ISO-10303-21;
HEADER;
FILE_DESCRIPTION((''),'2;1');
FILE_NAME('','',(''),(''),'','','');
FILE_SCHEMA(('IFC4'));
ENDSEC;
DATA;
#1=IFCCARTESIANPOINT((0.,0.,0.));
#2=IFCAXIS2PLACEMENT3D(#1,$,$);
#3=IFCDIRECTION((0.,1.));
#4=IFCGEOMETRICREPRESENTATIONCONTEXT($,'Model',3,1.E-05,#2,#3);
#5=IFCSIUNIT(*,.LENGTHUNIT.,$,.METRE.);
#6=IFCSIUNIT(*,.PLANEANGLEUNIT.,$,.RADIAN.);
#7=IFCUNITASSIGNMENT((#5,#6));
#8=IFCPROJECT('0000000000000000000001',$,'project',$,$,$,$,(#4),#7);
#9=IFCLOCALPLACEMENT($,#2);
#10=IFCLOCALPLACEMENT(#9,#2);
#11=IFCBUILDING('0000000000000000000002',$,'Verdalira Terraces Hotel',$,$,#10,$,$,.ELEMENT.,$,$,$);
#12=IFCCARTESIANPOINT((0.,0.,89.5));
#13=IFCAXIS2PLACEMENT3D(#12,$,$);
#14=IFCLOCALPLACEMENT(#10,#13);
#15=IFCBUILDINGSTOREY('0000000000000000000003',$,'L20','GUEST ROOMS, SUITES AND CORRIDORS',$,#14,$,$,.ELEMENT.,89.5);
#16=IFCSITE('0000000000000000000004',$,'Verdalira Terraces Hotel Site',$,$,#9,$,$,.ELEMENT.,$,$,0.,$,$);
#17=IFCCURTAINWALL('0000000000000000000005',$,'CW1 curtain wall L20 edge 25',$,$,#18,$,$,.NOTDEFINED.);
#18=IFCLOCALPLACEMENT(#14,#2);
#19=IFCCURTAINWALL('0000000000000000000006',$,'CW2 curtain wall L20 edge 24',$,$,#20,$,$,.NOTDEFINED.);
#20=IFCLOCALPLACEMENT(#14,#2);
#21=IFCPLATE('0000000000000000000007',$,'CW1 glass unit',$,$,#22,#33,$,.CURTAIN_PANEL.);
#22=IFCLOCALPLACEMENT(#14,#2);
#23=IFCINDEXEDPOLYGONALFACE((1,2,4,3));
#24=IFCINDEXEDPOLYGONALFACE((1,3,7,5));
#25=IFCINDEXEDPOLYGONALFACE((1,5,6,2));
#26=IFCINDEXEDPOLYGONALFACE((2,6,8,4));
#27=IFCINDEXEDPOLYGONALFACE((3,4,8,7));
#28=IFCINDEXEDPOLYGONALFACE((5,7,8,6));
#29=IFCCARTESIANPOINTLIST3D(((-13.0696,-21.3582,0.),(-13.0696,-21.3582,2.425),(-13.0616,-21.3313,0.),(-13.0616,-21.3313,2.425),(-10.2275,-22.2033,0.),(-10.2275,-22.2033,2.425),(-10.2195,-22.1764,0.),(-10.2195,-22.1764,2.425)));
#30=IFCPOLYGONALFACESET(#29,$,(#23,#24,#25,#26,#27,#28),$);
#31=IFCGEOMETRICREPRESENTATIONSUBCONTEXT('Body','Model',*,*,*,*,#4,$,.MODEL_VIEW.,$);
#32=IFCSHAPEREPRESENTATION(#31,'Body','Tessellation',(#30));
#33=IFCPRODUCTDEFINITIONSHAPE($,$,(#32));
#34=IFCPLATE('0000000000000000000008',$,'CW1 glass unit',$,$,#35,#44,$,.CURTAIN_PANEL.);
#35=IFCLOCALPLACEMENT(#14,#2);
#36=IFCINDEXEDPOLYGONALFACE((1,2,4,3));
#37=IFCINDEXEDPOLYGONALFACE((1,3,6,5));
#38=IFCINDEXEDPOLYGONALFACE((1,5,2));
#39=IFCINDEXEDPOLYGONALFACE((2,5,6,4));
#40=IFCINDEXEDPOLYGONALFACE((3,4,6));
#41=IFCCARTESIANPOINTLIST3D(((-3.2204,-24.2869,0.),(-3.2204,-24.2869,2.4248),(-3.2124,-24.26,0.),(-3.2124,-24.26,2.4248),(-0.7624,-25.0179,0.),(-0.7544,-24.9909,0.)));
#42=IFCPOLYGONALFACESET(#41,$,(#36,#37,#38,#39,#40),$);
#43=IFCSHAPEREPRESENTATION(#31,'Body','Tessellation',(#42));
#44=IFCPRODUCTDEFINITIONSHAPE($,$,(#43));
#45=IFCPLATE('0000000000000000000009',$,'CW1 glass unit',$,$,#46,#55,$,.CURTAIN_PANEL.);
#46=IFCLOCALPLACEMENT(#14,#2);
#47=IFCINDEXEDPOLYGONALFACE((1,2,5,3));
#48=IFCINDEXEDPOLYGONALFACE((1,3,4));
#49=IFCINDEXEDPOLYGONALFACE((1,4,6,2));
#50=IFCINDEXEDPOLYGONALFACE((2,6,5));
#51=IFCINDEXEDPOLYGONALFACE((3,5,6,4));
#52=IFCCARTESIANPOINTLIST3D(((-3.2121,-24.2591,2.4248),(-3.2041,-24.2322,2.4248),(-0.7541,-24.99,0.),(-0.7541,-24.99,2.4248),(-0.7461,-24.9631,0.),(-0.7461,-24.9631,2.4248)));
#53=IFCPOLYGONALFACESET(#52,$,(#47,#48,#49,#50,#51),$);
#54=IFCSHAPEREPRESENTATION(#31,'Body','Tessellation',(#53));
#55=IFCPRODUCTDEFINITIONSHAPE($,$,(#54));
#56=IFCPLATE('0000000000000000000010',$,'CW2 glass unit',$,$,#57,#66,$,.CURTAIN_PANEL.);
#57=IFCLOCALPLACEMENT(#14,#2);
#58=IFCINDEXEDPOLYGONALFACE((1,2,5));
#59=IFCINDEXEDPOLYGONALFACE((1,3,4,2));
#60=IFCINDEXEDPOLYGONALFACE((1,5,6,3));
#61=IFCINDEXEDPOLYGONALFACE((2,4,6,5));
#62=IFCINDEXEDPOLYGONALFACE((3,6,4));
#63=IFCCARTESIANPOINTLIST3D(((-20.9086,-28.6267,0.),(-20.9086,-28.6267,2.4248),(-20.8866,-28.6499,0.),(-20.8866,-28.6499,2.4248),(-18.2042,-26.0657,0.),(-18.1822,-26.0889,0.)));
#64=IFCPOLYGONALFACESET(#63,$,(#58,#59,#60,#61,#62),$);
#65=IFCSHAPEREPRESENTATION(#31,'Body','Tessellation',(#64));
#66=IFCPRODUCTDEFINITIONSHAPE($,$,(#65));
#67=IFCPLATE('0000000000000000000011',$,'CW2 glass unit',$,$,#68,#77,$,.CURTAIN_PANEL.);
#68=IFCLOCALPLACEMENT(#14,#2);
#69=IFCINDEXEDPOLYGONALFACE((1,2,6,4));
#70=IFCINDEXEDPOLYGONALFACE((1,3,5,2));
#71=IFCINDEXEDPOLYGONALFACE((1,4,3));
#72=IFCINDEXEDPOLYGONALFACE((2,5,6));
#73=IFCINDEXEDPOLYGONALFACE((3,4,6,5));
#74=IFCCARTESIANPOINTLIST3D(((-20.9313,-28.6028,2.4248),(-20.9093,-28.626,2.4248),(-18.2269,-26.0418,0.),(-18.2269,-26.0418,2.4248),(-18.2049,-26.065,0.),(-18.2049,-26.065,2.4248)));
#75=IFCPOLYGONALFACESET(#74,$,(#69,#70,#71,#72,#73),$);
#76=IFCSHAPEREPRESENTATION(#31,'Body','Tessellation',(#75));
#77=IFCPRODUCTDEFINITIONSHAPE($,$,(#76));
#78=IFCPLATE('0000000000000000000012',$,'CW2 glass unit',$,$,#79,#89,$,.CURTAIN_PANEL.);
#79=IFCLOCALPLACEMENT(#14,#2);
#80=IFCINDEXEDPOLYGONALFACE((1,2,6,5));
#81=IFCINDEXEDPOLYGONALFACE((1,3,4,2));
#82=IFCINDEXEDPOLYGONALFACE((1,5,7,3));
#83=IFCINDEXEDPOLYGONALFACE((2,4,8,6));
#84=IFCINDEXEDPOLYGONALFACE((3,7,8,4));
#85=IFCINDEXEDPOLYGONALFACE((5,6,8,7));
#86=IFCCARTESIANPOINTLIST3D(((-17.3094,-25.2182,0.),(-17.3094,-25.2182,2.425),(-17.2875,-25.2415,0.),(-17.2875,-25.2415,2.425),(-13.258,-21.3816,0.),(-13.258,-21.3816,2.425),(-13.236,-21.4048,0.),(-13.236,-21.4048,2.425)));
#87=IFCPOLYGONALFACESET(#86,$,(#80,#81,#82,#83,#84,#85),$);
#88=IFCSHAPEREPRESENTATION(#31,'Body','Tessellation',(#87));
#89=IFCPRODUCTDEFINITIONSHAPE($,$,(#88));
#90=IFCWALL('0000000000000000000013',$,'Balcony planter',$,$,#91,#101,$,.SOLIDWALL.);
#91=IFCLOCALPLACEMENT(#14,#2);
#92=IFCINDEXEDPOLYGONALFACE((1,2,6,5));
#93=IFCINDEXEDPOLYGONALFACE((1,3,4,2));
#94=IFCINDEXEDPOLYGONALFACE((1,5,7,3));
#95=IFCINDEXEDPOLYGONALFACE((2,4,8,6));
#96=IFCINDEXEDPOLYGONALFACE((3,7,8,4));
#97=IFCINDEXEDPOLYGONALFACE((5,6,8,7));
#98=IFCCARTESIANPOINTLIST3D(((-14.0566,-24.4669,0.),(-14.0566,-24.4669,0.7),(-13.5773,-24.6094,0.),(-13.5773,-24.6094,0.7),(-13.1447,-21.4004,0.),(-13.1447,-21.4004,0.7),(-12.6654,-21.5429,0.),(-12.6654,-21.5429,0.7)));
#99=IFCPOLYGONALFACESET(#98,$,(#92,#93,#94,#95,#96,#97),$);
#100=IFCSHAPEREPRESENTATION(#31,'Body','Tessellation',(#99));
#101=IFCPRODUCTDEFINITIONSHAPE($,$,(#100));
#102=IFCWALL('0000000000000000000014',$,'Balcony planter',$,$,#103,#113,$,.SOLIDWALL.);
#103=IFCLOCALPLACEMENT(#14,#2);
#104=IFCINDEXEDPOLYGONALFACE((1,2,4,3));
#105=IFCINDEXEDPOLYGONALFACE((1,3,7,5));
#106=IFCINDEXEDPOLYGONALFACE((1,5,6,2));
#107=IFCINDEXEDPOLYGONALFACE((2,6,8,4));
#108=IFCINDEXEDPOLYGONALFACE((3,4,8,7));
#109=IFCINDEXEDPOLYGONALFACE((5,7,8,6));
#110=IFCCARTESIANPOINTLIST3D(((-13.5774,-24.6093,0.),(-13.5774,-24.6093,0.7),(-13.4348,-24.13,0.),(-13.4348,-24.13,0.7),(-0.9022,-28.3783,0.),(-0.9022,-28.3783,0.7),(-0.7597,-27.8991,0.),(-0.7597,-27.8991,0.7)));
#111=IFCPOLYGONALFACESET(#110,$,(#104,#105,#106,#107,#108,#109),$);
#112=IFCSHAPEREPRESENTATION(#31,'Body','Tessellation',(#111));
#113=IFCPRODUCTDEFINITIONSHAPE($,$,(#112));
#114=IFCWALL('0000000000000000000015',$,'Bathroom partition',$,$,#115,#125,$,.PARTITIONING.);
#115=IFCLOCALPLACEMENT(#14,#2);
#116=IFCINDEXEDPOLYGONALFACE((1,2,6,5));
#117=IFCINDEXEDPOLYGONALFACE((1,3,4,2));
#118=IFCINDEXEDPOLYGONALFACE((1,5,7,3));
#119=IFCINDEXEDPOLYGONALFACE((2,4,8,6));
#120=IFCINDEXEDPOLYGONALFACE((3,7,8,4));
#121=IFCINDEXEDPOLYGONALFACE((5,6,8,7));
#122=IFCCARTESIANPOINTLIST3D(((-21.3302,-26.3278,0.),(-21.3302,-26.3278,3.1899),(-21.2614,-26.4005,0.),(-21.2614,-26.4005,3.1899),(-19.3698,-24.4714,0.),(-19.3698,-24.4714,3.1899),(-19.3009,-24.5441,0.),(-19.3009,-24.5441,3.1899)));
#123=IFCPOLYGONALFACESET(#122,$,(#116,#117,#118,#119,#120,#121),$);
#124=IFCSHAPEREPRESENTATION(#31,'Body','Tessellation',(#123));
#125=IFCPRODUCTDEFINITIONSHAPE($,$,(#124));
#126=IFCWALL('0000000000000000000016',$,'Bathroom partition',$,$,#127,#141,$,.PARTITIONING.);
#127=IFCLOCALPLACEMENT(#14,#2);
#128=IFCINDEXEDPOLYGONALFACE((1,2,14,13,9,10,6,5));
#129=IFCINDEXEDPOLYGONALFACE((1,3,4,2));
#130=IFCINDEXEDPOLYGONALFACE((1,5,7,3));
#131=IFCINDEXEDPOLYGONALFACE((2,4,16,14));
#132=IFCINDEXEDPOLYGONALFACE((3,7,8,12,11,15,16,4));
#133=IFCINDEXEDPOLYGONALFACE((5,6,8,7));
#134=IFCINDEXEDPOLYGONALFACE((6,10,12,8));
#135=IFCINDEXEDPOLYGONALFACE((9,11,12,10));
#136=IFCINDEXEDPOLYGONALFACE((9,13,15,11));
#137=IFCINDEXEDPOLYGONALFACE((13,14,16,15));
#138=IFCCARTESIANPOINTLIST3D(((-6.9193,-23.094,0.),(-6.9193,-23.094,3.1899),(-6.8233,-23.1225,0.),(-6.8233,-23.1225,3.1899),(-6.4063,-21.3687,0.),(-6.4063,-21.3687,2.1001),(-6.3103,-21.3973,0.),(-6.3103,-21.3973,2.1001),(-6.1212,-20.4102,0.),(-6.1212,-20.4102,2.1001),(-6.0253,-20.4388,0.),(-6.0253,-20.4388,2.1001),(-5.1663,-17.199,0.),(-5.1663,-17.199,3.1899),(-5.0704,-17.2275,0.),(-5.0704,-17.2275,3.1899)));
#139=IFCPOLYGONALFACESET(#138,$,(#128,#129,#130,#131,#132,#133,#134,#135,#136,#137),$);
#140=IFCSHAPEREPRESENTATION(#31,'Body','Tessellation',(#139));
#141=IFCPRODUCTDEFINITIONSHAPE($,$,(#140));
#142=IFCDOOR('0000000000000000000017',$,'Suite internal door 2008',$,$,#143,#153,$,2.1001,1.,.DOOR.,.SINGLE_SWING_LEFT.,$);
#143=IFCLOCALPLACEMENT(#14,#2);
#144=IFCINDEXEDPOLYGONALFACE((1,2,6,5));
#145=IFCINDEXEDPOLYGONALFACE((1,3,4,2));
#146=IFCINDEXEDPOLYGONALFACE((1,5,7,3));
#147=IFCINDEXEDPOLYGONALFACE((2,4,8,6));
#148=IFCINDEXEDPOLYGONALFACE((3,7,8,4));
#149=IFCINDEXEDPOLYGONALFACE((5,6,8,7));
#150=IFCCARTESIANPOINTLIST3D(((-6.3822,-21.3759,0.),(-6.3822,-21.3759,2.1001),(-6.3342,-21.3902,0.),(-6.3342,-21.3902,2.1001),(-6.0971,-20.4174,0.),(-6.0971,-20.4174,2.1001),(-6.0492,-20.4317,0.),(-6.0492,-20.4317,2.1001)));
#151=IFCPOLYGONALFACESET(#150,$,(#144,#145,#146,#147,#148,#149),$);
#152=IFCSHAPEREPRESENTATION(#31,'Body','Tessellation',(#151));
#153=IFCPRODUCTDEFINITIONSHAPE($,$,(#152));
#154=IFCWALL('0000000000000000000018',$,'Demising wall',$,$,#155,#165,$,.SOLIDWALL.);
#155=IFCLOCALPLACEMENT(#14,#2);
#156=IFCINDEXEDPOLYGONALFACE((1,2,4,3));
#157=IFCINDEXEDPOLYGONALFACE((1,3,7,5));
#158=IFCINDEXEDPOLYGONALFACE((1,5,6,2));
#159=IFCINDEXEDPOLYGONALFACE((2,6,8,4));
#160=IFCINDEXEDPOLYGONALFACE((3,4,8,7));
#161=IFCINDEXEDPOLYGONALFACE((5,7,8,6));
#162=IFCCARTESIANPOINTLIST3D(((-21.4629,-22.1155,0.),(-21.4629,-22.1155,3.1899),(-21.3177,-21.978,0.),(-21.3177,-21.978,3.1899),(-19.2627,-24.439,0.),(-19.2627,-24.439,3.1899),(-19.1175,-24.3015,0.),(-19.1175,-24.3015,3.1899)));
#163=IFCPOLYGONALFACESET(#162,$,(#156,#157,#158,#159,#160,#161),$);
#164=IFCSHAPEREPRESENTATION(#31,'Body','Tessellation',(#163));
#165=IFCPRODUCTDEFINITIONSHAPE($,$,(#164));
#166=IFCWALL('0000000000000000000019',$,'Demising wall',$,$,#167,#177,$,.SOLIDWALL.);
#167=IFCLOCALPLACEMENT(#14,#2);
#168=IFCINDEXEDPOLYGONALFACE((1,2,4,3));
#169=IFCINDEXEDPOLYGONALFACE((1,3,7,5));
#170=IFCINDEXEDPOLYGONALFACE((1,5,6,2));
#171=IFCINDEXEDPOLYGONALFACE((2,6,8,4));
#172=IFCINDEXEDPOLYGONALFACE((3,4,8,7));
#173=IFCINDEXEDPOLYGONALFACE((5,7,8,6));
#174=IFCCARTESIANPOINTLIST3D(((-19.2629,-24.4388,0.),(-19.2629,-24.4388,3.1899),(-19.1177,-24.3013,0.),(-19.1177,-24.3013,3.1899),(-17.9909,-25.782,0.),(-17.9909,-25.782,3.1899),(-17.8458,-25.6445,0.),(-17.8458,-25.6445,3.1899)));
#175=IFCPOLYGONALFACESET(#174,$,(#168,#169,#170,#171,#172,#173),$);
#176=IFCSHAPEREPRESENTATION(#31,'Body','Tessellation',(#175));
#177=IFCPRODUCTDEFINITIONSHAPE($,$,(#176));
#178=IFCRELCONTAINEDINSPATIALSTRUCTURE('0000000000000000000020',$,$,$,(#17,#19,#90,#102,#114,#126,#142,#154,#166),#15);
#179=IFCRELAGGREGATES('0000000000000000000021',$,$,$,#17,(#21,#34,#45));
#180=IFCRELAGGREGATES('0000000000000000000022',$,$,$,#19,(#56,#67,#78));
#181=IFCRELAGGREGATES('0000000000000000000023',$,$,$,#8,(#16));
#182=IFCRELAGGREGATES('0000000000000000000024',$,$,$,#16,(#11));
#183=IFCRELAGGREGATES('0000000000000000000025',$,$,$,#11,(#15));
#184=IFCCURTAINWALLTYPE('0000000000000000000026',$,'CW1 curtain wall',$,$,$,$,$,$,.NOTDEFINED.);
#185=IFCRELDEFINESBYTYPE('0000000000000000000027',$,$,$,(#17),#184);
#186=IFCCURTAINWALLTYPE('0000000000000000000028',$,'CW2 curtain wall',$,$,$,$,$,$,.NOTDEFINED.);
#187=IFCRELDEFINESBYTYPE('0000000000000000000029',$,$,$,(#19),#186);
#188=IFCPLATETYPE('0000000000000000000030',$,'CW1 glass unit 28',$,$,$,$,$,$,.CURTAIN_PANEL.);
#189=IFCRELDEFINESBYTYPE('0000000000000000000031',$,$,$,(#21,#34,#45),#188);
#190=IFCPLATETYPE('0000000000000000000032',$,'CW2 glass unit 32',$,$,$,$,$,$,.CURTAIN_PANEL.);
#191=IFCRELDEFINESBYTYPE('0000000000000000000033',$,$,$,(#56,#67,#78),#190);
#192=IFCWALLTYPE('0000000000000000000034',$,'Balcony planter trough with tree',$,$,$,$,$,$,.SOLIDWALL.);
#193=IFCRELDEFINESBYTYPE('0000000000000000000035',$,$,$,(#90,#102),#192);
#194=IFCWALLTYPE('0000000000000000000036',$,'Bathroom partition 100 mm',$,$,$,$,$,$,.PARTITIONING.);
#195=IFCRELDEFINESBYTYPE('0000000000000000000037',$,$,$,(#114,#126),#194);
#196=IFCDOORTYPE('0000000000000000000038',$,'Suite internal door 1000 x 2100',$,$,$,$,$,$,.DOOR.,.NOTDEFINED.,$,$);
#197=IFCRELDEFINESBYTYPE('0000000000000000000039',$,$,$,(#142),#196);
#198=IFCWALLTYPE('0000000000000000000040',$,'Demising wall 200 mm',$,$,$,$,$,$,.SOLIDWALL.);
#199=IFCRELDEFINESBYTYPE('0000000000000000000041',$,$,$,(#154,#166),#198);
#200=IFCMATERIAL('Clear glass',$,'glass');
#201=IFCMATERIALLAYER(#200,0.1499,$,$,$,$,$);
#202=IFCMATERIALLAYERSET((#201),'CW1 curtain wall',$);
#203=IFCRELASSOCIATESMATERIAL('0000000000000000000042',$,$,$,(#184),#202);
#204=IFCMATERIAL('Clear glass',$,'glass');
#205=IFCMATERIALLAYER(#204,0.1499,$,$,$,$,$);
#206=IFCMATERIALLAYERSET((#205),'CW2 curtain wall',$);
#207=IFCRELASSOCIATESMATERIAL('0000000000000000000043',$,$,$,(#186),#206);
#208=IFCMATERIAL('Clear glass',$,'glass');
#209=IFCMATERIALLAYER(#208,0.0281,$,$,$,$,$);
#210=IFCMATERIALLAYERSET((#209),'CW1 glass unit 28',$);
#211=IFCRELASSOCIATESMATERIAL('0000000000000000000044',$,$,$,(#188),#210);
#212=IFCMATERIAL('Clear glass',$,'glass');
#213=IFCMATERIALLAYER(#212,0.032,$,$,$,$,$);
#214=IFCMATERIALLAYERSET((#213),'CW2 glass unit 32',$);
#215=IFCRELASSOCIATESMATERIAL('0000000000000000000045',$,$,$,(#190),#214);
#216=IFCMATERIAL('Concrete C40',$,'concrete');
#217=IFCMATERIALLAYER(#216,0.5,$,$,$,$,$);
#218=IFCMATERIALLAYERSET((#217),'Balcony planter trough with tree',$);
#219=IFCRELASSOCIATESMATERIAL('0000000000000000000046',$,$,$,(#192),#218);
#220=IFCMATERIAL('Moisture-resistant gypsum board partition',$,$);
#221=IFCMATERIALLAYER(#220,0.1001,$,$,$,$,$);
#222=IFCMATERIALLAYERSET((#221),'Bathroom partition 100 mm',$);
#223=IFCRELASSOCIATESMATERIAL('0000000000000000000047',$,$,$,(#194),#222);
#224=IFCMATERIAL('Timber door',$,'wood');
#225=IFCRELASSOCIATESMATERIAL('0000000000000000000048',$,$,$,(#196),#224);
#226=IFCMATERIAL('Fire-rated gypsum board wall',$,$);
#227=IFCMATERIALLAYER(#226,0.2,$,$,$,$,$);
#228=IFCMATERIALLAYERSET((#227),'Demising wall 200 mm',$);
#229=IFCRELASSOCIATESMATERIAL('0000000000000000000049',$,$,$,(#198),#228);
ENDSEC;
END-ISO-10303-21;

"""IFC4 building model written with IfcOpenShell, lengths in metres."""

from ifc_helpers import new_model, si_unit, direction, frame, frame_2d, origin, origin_2d, place, context, subcontext, project, spatial, polyline, rectangle, outline, extrude, material, layer, layer_set, type_object, element, fill, aggregate, save


model = new_model("IFC4")

# Units and contexts
model_context = context("Model", 3, precision=1e-05, world=origin(), true_north=direction((0.0, 1.0)))
body_context = subcontext(model_context, "Body", "Model", "MODEL_VIEW")
ifc_project = project(units=[si_unit("LENGTHUNIT", "METRE"), si_unit("PLANEANGLEUNIT", "RADIAN")], contexts=[model_context])

# Site, building, storey
site_placement = place(None, origin())
site = spatial("IfcSite", under=ifc_project, at=site_placement, Name="Verdalira Terraces Hotel Site", CompositionType="ELEMENT", RefElevation=0.0)
building_placement = place(site_placement, origin())
building = spatial("IfcBuilding", under=site, at=building_placement, Name="Verdalira Terraces Hotel", CompositionType="ELEMENT")
storey_placement = place(building_placement, frame((0.0, 0.0, 89.5)))
storey = spatial("IfcBuildingStorey", under=building, at=storey_placement, Name="L20", Description="GUEST ROOMS, SUITES AND CORRIDORS", CompositionType="ELEMENT", Elevation=89.5)

# Curtain wall
ifc_material_1 = material(Name="Clear glass", Category="glass")
ifc_layer_1 = layer(ifc_material_1, 0.1499)
ifc_layer_set_1 = layer_set([ifc_layer_1], Name="CW1 curtain wall")
curtain_wall_type_1 = type_object("IfcCurtainWallType", Name="CW1 curtain wall", PredefinedType="NOTDEFINED", material=ifc_layer_set_1)
curtain_wall_1_placement = place(storey_placement, origin())
curtain_wall_1 = element("IfcCurtainWall", 1, at=curtain_wall_1_placement, inside=storey, type_object=curtain_wall_type_1, Name="CW1 curtain wall L20 edge 25", PredefinedType="NOTDEFINED")

# Curtain wall
ifc_material_2 = material(Name="Clear glass", Category="glass")
ifc_layer_2 = layer(ifc_material_2, 0.1499)
ifc_layer_set_2 = layer_set([ifc_layer_2], Name="CW2 curtain wall")
curtain_wall_type_2 = type_object("IfcCurtainWallType", Name="CW2 curtain wall", PredefinedType="NOTDEFINED", material=ifc_layer_set_2)
curtain_wall_2_placement = place(storey_placement, origin())
curtain_wall_2 = element("IfcCurtainWall", 2, at=curtain_wall_2_placement, inside=storey, type_object=curtain_wall_type_2, Name="CW2 curtain wall L20 edge 24", PredefinedType="NOTDEFINED")

# Plates
ifc_material_3 = material(Name="Clear glass", Category="glass")
ifc_layer_3 = layer(ifc_material_3, 0.0281)
ifc_layer_set_3 = layer_set([ifc_layer_3], Name="CW1 glass unit 28")
plate_type_1 = type_object("IfcPlateType", Name="CW1 glass unit 28", PredefinedType="CURTAIN_PANEL", material=ifc_layer_set_3)
plate_1_placement = place(storey_placement, frame((-11.6445, -21.7673, 0.0), z_axis=(0.0, 0.0, 1.0), x_axis=(0.958522, -0.285019, 0.0)))
plate_1 = element("IfcPlate", 3, at=plate_1_placement, type_object=plate_type_1, Name="CW1 glass unit", PredefinedType="CURTAIN_PANEL", context=body_context, shape_type="SweptSolid", body=[
    extrude(rectangle(XDim=2.9651, YDim=0.0281, at=origin_2d()), origin(), (0.0, 0.0, 1.0), 2.425),
])
plate_2_placement = place(storey_placement, frame((-1.9834, -24.6255, 1.2124), z_axis=(-0.285019, -0.958522, 0.0), x_axis=(0.958522, -0.285019, 0.0)))
plate_2 = element("IfcPlate", 4, at=plate_2_placement, type_object=plate_type_1, Name="CW1 glass unit", PredefinedType="CURTAIN_PANEL", context=body_context, shape_type="SweptSolid", body=[
    extrude(outline(polyline([(-1.2822, -1.2124), (1.2822, -1.2124), (-1.2822, 1.2124), (-1.2822, -1.2124)])), origin(), (0.0, 0.0, 1.0), 0.0281),
])
plate_3_placement = place(storey_placement, frame((-1.9751, -24.5977, 1.2124), z_axis=(-0.285019, -0.958522, 0.0), x_axis=(0.958522, -0.285019, 0.0)))
plate_3 = element("IfcPlate", 5, at=plate_3_placement, type_object=plate_type_1, Name="CW1 glass unit", PredefinedType="CURTAIN_PANEL", context=body_context, shape_type="SweptSolid", body=[
    extrude(outline(polyline([(1.2822, -1.2124), (1.2822, 1.2124), (-1.2822, 1.2124), (1.2822, -1.2124)])), origin(), (0.0, 0.0, 1.0), 0.0281),
])
aggregate(curtain_wall_1, [plate_1, plate_2, plate_3])
ifc_material_4 = material(Name="Clear glass", Category="glass")
ifc_layer_4 = layer(ifc_material_4, 0.032)
ifc_layer_set_4 = layer_set([ifc_layer_4], Name="CW2 glass unit 32")
plate_type_2 = type_object("IfcPlateType", Name="CW2 glass unit 32", PredefinedType="CURTAIN_PANEL", material=ifc_layer_set_4)
plate_4_placement = place(storey_placement, frame((-19.5564, -27.3462, 1.2124), z_axis=(0.687595, -0.726095, 0.0), x_axis=(0.726095, 0.687595, 0.0)))
plate_4 = element("IfcPlate", 6, at=plate_4_placement, type_object=plate_type_2, Name="CW2 glass unit", PredefinedType="CURTAIN_PANEL", context=body_context, shape_type="SweptSolid", body=[
    extrude(outline(polyline([(-1.8623, -1.2124), (1.8623, -1.2124), (-1.8623, 1.2124), (-1.8623, -1.2124)])), origin(), (0.0, 0.0, 1.0), 0.032),
])
plate_5_placement = place(storey_placement, frame((-19.5791, -27.3223, 1.2124), z_axis=(0.687595, -0.726095, 0.0), x_axis=(0.726095, 0.687595, 0.0)))
plate_5 = element("IfcPlate", 7, at=plate_5_placement, type_object=plate_type_2, Name="CW2 glass unit", PredefinedType="CURTAIN_PANEL", context=body_context, shape_type="SweptSolid", body=[
    extrude(outline(polyline([(1.8623, -1.2124), (1.8623, 1.2124), (-1.8623, 1.2124), (1.8623, -1.2124)])), origin(), (0.0, 0.0, 1.0), 0.032),
])
plate_6_placement = place(storey_placement, frame((-15.2727, -23.3115, 0.0), z_axis=(0.0, 0.0, 1.0), x_axis=(0.726095, 0.687595, 0.0)))
plate_6 = element("IfcPlate", 8, at=plate_6_placement, type_object=plate_type_2, Name="CW2 glass unit", PredefinedType="CURTAIN_PANEL", context=body_context, shape_type="SweptSolid", body=[
    extrude(rectangle(XDim=5.5798, YDim=0.032, at=origin_2d()), origin(), (0.0, 0.0, 1.0), 2.425),
])
aggregate(curtain_wall_2, [plate_4, plate_5, plate_6])

# Walls
ifc_material_5 = material(Name="Concrete C40", Category="concrete")
ifc_layer_5 = layer(ifc_material_5, 0.5)
ifc_layer_set_5 = layer_set([ifc_layer_5], Name="Balcony planter trough with tree")
wall_type_1 = type_object("IfcWallType", Name="Balcony planter trough with tree", PredefinedType="SOLIDWALL", material=ifc_layer_set_5)
wall_1_placement = place(storey_placement, frame((-12.905, -21.4717, 0.0), z_axis=(0.0, 0.0, 1.0), x_axis=(-0.285037, -0.958517, 0.0)))
element("IfcWall", 9, at=wall_1_placement, inside=storey, type_object=wall_type_1, Name="Balcony planter", PredefinedType="SOLIDWALL", context=body_context, shape_type="SweptSolid", body=[
    extrude(rectangle(XDim=3.1992, YDim=0.5, at=frame_2d((1.5996, 0.0))), origin(), (0.0, 0.0, 1.0), 0.7),
])
wall_2_placement = place(storey_placement, frame((-13.5061, -24.3696, 0.0), z_axis=(0.0, 0.0, 1.0), x_axis=(0.95852, -0.285025, 0.0)))
element("IfcWall", 10, at=wall_2_placement, inside=storey, type_object=wall_type_1, Name="Balcony planter", PredefinedType="SOLIDWALL", context=body_context, shape_type="SweptSolid", body=[
    extrude(rectangle(XDim=13.2236, YDim=0.5, at=frame_2d((6.6118, 0.0))), origin(), (0.0, 0.0, 1.0), 0.7),
])
ifc_material_6 = material(Name="Moisture-resistant gypsum board partition")
ifc_layer_6 = layer(ifc_material_6, 0.1001)
ifc_layer_set_6 = layer_set([ifc_layer_6], Name="Bathroom partition 100 mm")
wall_type_2 = type_object("IfcWallType", Name="Bathroom partition 100 mm", PredefinedType="PARTITIONING", material=ifc_layer_set_6)
wall_3_placement = place(storey_placement, frame((-21.2959, -26.3643, 0.0), z_axis=(0.0, 0.0, 1.0), x_axis=(0.726105, 0.687584, 0.0)))
element("IfcWall", 11, at=wall_3_placement, inside=storey, type_object=wall_type_2, Name="Bathroom partition", PredefinedType="PARTITIONING", context=body_context, shape_type="SweptSolid", body=[
    extrude(rectangle(XDim=2.7, YDim=0.1001, at=frame_2d((1.3501, 0.0))), origin(), (0.0, 0.0, 1.0), 3.1899),
])

# Wall, opening, door
wall_4_placement = place(storey_placement, frame((-6.8713, -23.1084, 0.0), z_axis=(0.0, 0.0, 1.0), x_axis=(0.285023, 0.958521, 0.0)))
wall_4 = element("IfcWall", 12, at=wall_4_placement, inside=storey, type_object=wall_type_2, Name="Bathroom partition", PredefinedType="PARTITIONING", context=body_context, shape_type="SweptSolid", body=[
    extrude(rectangle(XDim=6.1501, YDim=0.1001, at=frame_2d((3.0752, 0.0))), origin(), (0.0, 0.0, 1.0), 3.1899),
])
opening_1_placement = place(wall_4_placement, frame((1.8, 0.0, 0.0)))
opening_1 = element("IfcOpeningElement", 13, at=opening_1_placement, cuts=wall_4, PredefinedType="OPENING", context=body_context, shape_type="SweptSolid", body=[
    extrude(rectangle(XDim=1.0, YDim=2.1001, at=frame_2d((0.5, 1.05))), frame((0.0, 0.0601, 0.0), z_axis=(0.0, -1.0, 0.0), x_axis=(1.0, 0.0, 0.0)), (0.0, 0.0, 1.0), 0.1201),
])
ifc_material_7 = material(Name="Timber door", Category="wood")
door_type_1 = type_object("IfcDoorType", Name="Suite internal door 1000 x 2100", OperationType="NOTDEFINED", PredefinedType="DOOR", material=ifc_material_7)
door_1_placement = place(opening_1_placement, origin())
door_1 = element("IfcDoor", 14, at=door_1_placement, inside=storey, type_object=door_type_1, Name="Suite internal door 2008", OperationType="SINGLE_SWING_LEFT", OverallHeight=2.1001, OverallWidth=1.0, PredefinedType="DOOR", context=body_context, shape_type="SweptSolid", body=[
    extrude(rectangle(XDim=1.0, YDim=2.1001, at=frame_2d((0.5, 1.05))), frame((0.0, 0.0249, 0.0), z_axis=(0.0, -1.0, 0.0), x_axis=(1.0, 0.0, 0.0)), (0.0, 0.0, 1.0), 0.05),
])
fill(opening_1, door_1)

# Walls
ifc_material_8 = material(Name="Fire-rated gypsum board wall")
ifc_layer_7 = layer(ifc_material_8, 0.2)
ifc_layer_set_7 = layer_set([ifc_layer_7], Name="Demising wall 200 mm")
wall_type_3 = type_object("IfcWallType", Name="Demising wall 200 mm", PredefinedType="SOLIDWALL", material=ifc_layer_set_7)
wall_5_placement = place(storey_placement, frame((-21.3904, -22.0466, 0.0), z_axis=(0.0, 0.0, 1.0), x_axis=(0.68758, -0.726109, 0.0)))
element("IfcWall", 15, at=wall_5_placement, inside=storey, type_object=wall_type_3, Name="Demising wall", PredefinedType="SOLIDWALL", context=body_context, shape_type="SweptSolid", body=[
    extrude(rectangle(XDim=3.2, YDim=0.2, at=frame_2d((1.6001, 0.0))), origin(), (0.0, 0.0, 1.0), 3.1899),
])
wall_6_placement = place(storey_placement, frame((-19.1902, -24.3701, 0.0), z_axis=(0.0, 0.0, 1.0), x_axis=(0.687576, -0.726112, 0.0)))
element("IfcWall", 16, at=wall_6_placement, inside=storey, type_object=wall_type_3, Name="Demising wall", PredefinedType="SOLIDWALL", context=body_context, shape_type="SweptSolid", body=[
    extrude(rectangle(XDim=1.8499, YDim=0.2, at=frame_2d((0.9248, 0.0))), origin(), (0.0, 0.0, 1.0), 3.1899),
])

save(model, "model.ifc")
